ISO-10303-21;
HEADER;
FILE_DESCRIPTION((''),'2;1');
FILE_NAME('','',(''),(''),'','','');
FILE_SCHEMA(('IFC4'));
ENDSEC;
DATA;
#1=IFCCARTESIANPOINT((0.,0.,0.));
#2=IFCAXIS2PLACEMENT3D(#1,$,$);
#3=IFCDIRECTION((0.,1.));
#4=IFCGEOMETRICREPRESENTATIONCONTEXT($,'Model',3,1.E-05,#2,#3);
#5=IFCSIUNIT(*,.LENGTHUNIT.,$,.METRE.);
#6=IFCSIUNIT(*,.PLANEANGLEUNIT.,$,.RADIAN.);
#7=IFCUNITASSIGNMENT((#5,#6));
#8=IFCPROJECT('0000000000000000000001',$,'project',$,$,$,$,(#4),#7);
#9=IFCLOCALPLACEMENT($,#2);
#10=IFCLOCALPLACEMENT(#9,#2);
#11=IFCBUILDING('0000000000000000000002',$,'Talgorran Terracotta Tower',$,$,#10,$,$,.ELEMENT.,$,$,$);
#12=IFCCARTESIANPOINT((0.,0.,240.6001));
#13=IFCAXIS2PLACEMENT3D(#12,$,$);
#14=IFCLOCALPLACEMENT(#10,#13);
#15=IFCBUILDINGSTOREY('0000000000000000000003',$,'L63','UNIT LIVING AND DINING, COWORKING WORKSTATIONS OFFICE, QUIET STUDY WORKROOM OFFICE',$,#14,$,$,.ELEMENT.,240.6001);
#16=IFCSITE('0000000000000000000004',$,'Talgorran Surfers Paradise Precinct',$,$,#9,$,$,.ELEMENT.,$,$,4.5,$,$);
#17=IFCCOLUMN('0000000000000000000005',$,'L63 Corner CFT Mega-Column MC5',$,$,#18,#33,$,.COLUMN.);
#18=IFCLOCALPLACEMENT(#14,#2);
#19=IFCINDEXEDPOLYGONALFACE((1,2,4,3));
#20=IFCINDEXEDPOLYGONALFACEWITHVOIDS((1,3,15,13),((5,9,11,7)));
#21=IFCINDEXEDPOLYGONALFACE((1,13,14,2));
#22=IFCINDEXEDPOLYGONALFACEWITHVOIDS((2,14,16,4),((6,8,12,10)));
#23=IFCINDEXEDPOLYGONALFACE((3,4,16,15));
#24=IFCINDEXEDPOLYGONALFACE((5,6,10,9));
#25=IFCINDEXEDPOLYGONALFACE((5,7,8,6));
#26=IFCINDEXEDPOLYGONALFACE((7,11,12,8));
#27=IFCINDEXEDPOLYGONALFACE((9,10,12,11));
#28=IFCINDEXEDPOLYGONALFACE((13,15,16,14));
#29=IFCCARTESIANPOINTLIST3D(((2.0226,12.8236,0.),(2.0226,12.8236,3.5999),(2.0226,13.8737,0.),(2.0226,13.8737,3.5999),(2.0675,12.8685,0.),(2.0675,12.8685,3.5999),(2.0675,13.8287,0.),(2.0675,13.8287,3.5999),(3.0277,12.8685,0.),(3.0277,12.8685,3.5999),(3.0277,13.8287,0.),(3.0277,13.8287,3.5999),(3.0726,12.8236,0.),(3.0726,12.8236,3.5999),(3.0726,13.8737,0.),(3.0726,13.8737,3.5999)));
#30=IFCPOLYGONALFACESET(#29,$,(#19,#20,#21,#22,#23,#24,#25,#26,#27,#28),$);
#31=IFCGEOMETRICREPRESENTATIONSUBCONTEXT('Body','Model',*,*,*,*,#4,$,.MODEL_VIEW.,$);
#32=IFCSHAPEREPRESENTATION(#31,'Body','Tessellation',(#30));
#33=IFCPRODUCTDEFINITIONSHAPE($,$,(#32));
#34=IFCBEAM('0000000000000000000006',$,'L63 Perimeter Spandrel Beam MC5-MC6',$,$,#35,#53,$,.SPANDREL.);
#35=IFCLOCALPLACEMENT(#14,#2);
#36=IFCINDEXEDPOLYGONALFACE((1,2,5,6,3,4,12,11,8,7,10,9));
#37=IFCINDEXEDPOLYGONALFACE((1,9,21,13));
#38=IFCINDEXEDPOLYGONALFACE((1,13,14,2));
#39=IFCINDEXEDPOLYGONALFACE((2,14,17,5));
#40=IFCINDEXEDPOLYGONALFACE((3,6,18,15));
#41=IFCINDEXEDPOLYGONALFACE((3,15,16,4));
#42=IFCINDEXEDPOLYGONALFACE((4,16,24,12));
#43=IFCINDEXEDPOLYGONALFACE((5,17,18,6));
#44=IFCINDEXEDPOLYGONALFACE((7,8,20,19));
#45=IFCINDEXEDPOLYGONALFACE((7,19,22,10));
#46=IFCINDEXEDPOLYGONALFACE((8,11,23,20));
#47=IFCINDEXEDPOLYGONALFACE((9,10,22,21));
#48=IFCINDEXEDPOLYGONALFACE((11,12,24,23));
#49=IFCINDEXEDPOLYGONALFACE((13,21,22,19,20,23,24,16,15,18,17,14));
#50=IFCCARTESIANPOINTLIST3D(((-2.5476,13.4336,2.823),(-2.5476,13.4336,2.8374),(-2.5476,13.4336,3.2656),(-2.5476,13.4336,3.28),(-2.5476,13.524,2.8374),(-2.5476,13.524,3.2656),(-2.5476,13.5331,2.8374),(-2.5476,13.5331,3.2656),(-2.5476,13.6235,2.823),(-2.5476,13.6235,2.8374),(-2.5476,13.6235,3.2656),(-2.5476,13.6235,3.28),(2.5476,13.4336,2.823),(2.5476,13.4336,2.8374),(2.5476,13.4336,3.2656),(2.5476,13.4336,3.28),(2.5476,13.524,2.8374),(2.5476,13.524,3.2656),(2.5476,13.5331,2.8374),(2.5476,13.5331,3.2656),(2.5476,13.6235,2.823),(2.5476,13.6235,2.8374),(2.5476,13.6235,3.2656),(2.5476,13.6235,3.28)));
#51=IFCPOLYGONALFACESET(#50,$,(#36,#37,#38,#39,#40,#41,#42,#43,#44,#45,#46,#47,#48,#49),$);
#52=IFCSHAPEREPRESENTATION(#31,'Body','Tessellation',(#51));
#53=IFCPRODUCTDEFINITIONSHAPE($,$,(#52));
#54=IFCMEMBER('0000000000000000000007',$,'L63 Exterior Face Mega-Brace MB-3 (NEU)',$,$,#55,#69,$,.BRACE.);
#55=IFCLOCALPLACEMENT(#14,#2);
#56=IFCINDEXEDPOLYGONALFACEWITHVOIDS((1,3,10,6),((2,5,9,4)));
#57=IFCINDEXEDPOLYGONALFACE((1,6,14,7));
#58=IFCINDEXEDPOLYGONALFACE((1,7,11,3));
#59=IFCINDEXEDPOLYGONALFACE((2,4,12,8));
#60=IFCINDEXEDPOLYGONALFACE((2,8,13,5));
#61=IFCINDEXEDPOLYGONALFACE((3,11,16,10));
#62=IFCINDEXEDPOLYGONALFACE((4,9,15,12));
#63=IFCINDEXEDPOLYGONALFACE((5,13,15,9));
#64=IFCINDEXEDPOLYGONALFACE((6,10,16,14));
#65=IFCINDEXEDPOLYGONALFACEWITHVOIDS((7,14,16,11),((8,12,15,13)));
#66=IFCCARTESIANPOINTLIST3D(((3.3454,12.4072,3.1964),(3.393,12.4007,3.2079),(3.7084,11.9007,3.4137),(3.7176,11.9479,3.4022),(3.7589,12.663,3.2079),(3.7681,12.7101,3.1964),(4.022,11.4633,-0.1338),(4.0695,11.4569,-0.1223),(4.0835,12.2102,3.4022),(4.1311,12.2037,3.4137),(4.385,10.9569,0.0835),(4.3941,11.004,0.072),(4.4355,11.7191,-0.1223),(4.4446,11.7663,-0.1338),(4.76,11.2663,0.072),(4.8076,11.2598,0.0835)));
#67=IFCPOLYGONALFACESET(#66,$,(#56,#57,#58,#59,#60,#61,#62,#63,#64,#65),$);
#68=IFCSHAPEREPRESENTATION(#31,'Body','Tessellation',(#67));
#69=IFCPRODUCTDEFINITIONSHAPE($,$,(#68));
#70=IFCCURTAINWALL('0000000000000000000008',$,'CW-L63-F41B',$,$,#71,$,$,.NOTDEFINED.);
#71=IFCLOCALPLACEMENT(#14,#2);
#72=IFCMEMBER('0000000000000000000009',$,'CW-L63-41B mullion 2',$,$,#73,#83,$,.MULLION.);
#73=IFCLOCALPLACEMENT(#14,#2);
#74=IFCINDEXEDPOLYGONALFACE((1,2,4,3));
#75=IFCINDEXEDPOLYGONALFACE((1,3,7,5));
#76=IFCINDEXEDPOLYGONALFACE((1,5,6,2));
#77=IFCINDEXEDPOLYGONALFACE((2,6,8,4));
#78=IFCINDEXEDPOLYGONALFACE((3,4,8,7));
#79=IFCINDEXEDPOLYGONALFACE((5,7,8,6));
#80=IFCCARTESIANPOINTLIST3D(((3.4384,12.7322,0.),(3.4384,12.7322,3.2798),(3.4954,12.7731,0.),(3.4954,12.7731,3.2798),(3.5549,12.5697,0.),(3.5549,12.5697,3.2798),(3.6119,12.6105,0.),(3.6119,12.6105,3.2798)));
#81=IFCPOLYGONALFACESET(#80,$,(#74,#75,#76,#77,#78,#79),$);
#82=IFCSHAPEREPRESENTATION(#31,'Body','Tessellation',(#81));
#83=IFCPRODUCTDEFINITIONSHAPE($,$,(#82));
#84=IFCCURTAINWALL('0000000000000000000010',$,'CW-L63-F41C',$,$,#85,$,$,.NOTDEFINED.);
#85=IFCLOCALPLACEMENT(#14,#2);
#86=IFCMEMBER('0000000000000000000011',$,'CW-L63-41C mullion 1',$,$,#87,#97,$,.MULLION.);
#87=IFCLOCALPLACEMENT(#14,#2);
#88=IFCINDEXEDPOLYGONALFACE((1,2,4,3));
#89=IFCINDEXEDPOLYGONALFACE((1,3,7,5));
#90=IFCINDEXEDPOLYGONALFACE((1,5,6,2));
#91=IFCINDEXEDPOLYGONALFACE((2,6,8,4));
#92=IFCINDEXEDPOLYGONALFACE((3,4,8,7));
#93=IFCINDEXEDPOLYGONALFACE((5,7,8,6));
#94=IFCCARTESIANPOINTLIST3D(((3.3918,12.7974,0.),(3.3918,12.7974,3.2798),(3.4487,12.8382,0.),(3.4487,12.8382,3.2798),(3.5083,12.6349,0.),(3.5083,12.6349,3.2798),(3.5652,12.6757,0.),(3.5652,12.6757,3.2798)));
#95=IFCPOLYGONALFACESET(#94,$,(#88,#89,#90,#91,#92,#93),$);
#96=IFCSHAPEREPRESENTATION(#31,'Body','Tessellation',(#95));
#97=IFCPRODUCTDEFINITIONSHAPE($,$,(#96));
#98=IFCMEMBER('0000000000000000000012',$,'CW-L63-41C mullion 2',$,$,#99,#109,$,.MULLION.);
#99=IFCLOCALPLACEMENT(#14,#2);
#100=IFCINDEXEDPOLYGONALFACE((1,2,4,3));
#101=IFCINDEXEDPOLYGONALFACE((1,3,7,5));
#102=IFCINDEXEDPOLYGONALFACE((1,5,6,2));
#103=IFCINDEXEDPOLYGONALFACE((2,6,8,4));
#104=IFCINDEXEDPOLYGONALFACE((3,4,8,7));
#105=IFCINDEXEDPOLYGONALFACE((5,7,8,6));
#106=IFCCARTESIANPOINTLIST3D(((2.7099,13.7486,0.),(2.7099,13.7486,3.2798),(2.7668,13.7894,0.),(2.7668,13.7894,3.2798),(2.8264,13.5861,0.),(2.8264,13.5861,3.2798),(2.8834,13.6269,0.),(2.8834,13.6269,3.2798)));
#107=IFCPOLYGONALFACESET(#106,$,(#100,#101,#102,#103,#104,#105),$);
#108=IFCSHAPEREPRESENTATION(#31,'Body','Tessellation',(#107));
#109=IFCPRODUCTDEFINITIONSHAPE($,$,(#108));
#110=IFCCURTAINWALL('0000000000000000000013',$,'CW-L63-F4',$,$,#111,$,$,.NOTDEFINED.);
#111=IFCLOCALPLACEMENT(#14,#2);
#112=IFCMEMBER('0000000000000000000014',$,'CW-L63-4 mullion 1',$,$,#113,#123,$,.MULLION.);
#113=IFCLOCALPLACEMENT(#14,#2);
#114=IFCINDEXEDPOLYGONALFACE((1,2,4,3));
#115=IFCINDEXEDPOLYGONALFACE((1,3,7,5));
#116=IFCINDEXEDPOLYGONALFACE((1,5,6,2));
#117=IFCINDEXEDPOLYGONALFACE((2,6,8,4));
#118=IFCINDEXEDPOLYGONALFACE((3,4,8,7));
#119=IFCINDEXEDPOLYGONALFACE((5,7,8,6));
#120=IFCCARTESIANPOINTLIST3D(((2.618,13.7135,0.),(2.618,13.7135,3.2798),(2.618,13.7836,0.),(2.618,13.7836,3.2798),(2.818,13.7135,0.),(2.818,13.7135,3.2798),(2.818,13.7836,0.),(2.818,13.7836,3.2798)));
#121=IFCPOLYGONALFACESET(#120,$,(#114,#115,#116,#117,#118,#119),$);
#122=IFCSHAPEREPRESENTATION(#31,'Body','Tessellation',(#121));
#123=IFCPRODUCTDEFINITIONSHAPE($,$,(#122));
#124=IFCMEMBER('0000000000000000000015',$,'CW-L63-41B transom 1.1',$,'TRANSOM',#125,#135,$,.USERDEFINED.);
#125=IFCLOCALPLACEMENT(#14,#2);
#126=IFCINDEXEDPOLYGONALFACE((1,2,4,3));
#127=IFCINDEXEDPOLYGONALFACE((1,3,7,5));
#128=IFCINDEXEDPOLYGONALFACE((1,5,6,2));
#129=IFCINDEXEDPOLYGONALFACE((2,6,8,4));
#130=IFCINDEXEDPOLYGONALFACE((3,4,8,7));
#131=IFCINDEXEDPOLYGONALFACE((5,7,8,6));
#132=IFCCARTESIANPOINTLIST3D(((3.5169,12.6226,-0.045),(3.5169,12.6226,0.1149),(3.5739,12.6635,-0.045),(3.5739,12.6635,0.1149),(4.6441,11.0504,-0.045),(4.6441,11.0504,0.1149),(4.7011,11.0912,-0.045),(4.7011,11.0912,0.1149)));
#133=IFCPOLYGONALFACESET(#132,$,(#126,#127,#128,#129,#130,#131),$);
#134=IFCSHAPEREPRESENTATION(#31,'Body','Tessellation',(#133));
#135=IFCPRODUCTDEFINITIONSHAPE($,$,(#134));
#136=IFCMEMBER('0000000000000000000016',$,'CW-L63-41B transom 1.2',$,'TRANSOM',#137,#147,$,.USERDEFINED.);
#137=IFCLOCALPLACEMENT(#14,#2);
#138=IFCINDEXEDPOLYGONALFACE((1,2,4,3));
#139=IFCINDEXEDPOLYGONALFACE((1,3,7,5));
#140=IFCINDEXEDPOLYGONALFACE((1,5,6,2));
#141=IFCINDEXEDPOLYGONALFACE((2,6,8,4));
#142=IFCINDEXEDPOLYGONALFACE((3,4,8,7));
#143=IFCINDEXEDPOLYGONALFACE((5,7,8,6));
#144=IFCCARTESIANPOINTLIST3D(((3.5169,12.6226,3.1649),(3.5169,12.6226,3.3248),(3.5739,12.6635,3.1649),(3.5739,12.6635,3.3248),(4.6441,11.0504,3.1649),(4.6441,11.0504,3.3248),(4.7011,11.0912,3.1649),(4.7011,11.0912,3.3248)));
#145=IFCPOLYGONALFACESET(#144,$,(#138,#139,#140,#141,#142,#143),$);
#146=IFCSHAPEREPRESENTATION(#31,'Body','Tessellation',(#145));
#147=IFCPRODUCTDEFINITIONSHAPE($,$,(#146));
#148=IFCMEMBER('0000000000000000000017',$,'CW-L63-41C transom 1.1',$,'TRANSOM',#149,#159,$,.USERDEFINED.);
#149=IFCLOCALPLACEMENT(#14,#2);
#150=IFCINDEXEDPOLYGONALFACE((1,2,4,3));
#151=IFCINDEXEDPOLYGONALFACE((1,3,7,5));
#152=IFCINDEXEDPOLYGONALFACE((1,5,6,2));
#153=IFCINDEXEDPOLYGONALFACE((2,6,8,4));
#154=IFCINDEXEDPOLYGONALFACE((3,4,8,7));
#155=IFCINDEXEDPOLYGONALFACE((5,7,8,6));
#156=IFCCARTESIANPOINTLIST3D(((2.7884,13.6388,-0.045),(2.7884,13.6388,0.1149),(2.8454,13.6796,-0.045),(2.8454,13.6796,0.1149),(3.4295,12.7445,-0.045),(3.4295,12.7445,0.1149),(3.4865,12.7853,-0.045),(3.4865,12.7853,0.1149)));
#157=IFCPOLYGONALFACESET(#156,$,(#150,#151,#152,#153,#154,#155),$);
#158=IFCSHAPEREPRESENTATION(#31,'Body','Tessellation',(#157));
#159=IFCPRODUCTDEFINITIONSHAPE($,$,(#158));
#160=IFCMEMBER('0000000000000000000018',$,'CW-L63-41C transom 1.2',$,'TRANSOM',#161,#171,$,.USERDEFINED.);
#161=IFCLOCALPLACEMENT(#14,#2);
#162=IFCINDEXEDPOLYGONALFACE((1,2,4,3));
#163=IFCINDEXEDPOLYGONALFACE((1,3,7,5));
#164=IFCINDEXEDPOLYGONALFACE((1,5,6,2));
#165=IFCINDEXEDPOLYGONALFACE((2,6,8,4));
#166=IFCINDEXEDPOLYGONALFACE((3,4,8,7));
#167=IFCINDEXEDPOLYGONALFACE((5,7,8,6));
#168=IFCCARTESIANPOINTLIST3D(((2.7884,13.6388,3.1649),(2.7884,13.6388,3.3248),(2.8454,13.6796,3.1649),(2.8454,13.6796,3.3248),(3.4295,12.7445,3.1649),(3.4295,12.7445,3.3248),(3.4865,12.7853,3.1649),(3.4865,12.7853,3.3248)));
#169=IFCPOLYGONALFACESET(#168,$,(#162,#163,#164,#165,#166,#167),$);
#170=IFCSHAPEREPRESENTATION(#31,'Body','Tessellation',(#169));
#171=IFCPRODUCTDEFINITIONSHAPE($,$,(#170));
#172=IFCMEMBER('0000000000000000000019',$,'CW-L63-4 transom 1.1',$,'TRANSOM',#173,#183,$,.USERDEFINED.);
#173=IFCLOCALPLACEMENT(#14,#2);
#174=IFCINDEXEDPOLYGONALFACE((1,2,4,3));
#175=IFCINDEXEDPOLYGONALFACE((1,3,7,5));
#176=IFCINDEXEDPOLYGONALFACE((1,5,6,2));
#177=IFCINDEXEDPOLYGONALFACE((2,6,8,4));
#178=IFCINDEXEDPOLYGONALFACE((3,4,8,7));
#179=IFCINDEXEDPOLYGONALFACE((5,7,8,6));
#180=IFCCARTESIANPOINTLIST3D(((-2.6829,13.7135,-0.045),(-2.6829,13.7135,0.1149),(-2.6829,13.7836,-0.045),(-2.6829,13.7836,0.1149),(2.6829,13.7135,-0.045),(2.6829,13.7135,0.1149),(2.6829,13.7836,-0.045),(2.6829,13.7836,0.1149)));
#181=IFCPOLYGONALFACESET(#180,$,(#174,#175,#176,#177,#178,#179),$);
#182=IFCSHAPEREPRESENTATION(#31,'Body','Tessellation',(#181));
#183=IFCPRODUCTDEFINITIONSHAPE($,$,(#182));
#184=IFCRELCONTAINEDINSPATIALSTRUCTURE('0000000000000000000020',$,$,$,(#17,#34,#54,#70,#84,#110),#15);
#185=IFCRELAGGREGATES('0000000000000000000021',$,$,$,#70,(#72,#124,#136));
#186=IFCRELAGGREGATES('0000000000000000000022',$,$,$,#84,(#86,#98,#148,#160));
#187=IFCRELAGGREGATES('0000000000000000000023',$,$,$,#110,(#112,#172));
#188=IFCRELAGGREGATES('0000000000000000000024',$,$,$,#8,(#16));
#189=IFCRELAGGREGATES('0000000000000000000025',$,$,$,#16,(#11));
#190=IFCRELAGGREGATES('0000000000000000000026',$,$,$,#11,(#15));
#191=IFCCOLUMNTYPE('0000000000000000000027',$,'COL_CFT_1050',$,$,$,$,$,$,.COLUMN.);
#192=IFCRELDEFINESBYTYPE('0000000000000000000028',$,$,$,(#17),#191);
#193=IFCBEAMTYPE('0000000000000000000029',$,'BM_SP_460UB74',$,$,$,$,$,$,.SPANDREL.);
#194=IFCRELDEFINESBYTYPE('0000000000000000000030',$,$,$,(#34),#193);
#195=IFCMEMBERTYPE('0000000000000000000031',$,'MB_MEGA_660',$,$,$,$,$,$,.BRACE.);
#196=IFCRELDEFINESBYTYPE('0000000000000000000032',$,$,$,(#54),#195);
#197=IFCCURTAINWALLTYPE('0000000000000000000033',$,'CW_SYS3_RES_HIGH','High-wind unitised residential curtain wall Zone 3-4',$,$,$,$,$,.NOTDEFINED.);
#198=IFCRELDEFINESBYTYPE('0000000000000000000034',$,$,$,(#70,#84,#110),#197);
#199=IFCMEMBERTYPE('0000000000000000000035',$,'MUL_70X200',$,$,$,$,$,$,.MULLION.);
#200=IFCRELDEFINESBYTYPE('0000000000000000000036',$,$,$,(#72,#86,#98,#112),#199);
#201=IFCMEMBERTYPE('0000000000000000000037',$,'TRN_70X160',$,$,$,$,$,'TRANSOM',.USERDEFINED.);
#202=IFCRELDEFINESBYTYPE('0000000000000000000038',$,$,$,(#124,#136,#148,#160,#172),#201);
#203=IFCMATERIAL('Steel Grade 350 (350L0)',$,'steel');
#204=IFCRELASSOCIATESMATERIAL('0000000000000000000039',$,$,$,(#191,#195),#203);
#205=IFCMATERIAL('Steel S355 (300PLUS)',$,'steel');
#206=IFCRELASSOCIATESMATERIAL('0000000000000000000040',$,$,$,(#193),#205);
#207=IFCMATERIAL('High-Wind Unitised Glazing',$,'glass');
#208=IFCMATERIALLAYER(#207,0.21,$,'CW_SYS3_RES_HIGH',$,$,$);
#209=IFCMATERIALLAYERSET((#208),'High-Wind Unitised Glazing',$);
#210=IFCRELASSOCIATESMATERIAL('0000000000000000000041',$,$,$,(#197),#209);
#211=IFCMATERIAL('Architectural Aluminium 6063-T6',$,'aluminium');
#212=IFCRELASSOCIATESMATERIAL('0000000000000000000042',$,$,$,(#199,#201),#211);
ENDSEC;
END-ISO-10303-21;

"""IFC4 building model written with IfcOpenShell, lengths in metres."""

from ifc_helpers import new_model, si_unit, direction, frame, origin, origin_2d, place, context, subcontext, project, spatial, rectangle, hollow_rectangle, i_section, extrude, material, layer, layer_set, material_profile, profile_set, type_object, element, aggregate, save


model = new_model("IFC4")

# Units and contexts
model_context = context("Model", 3, precision=1e-05, world=origin(), true_north=direction((0.0, 1.0)))
body_context = subcontext(model_context, "Body", "Model", "MODEL_VIEW")
ifc_project = project(units=[si_unit("LENGTHUNIT", "METRE"), si_unit("PLANEANGLEUNIT", "RADIAN")], contexts=[model_context])

# Site, building, storey
site_placement = place(None, origin())
site = spatial("IfcSite", under=ifc_project, at=site_placement, Name="Talgorran Surfers Paradise Precinct", CompositionType="ELEMENT", RefElevation=4.5)
building_placement = place(site_placement, origin())
building = spatial("IfcBuilding", under=site, at=building_placement, Name="Talgorran Terracotta Tower", CompositionType="ELEMENT")
storey_placement = place(building_placement, frame((0.0, 0.0, 240.6001)))
storey = spatial("IfcBuildingStorey", under=building, at=storey_placement, Name="L63", Description="UNIT LIVING AND DINING, COWORKING WORKSTATIONS OFFICE, QUIET STUDY WORKROOM OFFICE", CompositionType="ELEMENT", Elevation=240.6001)

# Column
ifc_material_1 = material(Name="Steel Grade 350 (350L0)", Category="steel")
ifc_material_profile_1 = material_profile(ifc_material_1, hollow_rectangle(XDim=1.05, YDim=1.05, WallThickness=0.0449, at=origin_2d()), Name="CFT1050X1050X45")
ifc_profile_set_1 = profile_set([ifc_material_profile_1], Name="Steel Grade 350 (350L0)")
column_type = type_object("IfcColumnType", Name="COL_CFT_1050", PredefinedType="COLUMN", material=ifc_profile_set_1)
column_placement = place(storey_placement, frame((2.5476, 13.3486, 0.0), z_axis=(0.0, 0.0, 1.0), x_axis=(1.0, 0.0, 0.0)))
element("IfcColumn", 1, at=column_placement, inside=storey, type_object=column_type, Name="L63 Corner CFT Mega-Column MC5", PredefinedType="COLUMN", context=body_context, shape_type="SweptSolid", body=[
    extrude(hollow_rectangle(XDim=1.05, YDim=1.05, WallThickness=0.0449, at=origin_2d()), origin(), (0.0, 0.0, 1.0), 3.5999),
])

# Beam
ifc_material_2 = material(Name="Steel S355 (300PLUS)", Category="steel")
ifc_material_profile_2 = material_profile(ifc_material_2, i_section(OverallWidth=0.1899, OverallDepth=0.457, WebThickness=0.009, FlangeThickness=0.0144, at=origin_2d()), Name="460UB74.6")
ifc_profile_set_2 = profile_set([ifc_material_profile_2], Name="Steel S355 (300PLUS)")
beam_type = type_object("IfcBeamType", Name="BM_SP_460UB74", PredefinedType="SPANDREL", material=ifc_profile_set_2)
beam_placement = place(storey_placement, frame((2.5476, 13.5286, 3.0515), z_axis=(-1.0, 0.0, 0.0), x_axis=(0.0, -1.0, 0.0)))
element("IfcBeam", 2, at=beam_placement, inside=storey, type_object=beam_type, Name="L63 Perimeter Spandrel Beam MC5-MC6", PredefinedType="SPANDREL", context=body_context, shape_type="SweptSolid", body=[
    extrude(i_section(OverallWidth=0.1899, OverallDepth=0.457, WebThickness=0.009, FlangeThickness=0.0144, at=origin_2d()), origin(), (0.0, 0.0, 1.0), 5.0952),
])

# Member
ifc_material_profile_3 = material_profile(ifc_material_1, hollow_rectangle(XDim=0.52, YDim=0.6599, WallThickness=0.0349, at=origin_2d()), Name="WBOX660X520X35")
ifc_profile_set_3 = profile_set([ifc_material_profile_3], Name="Steel Grade 350 (350L0)")
member_type_1 = type_object("IfcMemberType", Name="MB_MEGA_660", PredefinedType="BRACE", material=ifc_profile_set_3)
member_1_placement = place(storey_placement, frame((4.4148, 11.3616, -0.0251), z_axis=(-0.191824, 0.267626, 0.944235), x_axis=(-0.812781, -0.58257, 0.0)))
element("IfcMember", 3, at=member_1_placement, inside=storey, type_object=member_type_1, Name="L63 Exterior Face Mega-Brace MB-3 (NEU)", PredefinedType="BRACE", context=body_context, shape_type="SweptSolid", body=[
    extrude(hollow_rectangle(XDim=0.52, YDim=0.6599, WallThickness=0.0349, at=origin_2d()), origin(), (0.0, 0.0, 1.0), 3.5269),
])

# Curtain wall, member
ifc_material_3 = material(Name="High-Wind Unitised Glazing", Category="glass")
ifc_layer_1 = layer(ifc_material_3, 0.21, Name="CW_SYS3_RES_HIGH")
ifc_layer_set_1 = layer_set([ifc_layer_1], Name="High-Wind Unitised Glazing")
curtain_wall_type = type_object("IfcCurtainWallType", Name="CW_SYS3_RES_HIGH", Description="High-wind unitised residential curtain wall Zone 3-4", PredefinedType="NOTDEFINED", material=ifc_layer_set_1)
curtain_wall_1_placement = place(storey_placement, origin())
curtain_wall_1 = element("IfcCurtainWall", 4, at=curtain_wall_1_placement, inside=storey, type_object=curtain_wall_type, Name="CW-L63-F41B", PredefinedType="NOTDEFINED")
ifc_material_4 = material(Name="Architectural Aluminium 6063-T6", Category="aluminium")
ifc_material_profile_4 = material_profile(ifc_material_4, rectangle(XDim=0.0701, YDim=0.2, at=origin_2d()), Name="CWM70X200")
ifc_profile_set_4 = profile_set([ifc_material_profile_4], Name="Architectural Aluminium 6063-T6")
member_type_2 = type_object("IfcMemberType", Name="MUL_70X200", PredefinedType="MULLION", material=ifc_profile_set_4)
member_2_placement = place(storey_placement, frame((3.5251, 12.6714, 0.0), z_axis=(0.0, 0.0, 1.0), x_axis=(-0.812703, -0.582678, 0.0)))
member_2 = element("IfcMember", 5, at=member_2_placement, type_object=member_type_2, Name="CW-L63-41B mullion 2", PredefinedType="MULLION", context=body_context, shape_type="SweptSolid", body=[
    extrude(rectangle(XDim=0.0701, YDim=0.2, at=origin_2d()), origin(), (0.0, 0.0, 1.0), 3.2798),
])

# Curtain wall, members
curtain_wall_2_placement = place(storey_placement, origin())
curtain_wall_2 = element("IfcCurtainWall", 6, at=curtain_wall_2_placement, inside=storey, type_object=curtain_wall_type, Name="CW-L63-F41C", PredefinedType="NOTDEFINED")
member_3_placement = place(storey_placement, frame((3.4785, 12.7366, 0.0), z_axis=(0.0, 0.0, 1.0), x_axis=(-0.812703, -0.582679, 0.0)))
member_3 = element("IfcMember", 7, at=member_3_placement, type_object=member_type_2, Name="CW-L63-41C mullion 1", PredefinedType="MULLION", context=body_context, shape_type="SweptSolid", body=[
    extrude(rectangle(XDim=0.0701, YDim=0.2, at=origin_2d()), origin(), (0.0, 0.0, 1.0), 3.2798),
])
member_4_placement = place(storey_placement, frame((2.7966, 13.6877, 0.0), z_axis=(0.0, 0.0, 1.0), x_axis=(-0.812703, -0.582679, 0.0)))
member_4 = element("IfcMember", 8, at=member_4_placement, type_object=member_type_2, Name="CW-L63-41C mullion 2", PredefinedType="MULLION", context=body_context, shape_type="SweptSolid", body=[
    extrude(rectangle(XDim=0.0701, YDim=0.2, at=origin_2d()), origin(), (0.0, 0.0, 1.0), 3.2798),
])

# Curtain wall, member
curtain_wall_3_placement = place(storey_placement, origin())
curtain_wall_3 = element("IfcCurtainWall", 9, at=curtain_wall_3_placement, inside=storey, type_object=curtain_wall_type, Name="CW-L63-F4", PredefinedType="NOTDEFINED")
member_5_placement = place(storey_placement, frame((2.718, 13.7485, 0.0), z_axis=(0.0, 0.0, 1.0), x_axis=(0.0, -1.0, 0.0)))
member_5 = element("IfcMember", 10, at=member_5_placement, type_object=member_type_2, Name="CW-L63-4 mullion 1", PredefinedType="MULLION", context=body_context, shape_type="SweptSolid", body=[
    extrude(rectangle(XDim=0.0701, YDim=0.2, at=origin_2d()), origin(), (0.0, 0.0, 1.0), 3.2798),
])

# Members
ifc_material_profile_5 = material_profile(ifc_material_4, rectangle(XDim=0.0701, YDim=0.1599, at=origin_2d()), Name="CWT70X160")
ifc_profile_set_5 = profile_set([ifc_material_profile_5], Name="Architectural Aluminium 6063-T6")
member_type_3 = type_object("IfcMemberType", Name="TRN_70X160", ElementType="TRANSOM", PredefinedType="USERDEFINED", material=ifc_profile_set_5)
member_6_placement = place(storey_placement, frame((4.6726, 11.0708, 0.0349), z_axis=(-0.582658, 0.812718, 0.0), x_axis=(-0.812718, -0.582658, 0.0)))
member_6 = element("IfcMember", 11, at=member_6_placement, type_object=member_type_3, Name="CW-L63-41B transom 1.1", ObjectType="TRANSOM", PredefinedType="USERDEFINED", context=body_context, shape_type="SweptSolid", body=[
    extrude(rectangle(XDim=0.0701, YDim=0.1599, at=origin_2d()), origin(), (0.0, 0.0, 1.0), 1.9346),
])
member_7_placement = place(storey_placement, frame((4.6726, 11.0708, 3.2449), z_axis=(-0.582658, 0.812718, 0.0), x_axis=(-0.812718, -0.582658, 0.0)))
member_7 = element("IfcMember", 12, at=member_7_placement, type_object=member_type_3, Name="CW-L63-41B transom 1.2", ObjectType="TRANSOM", PredefinedType="USERDEFINED", context=body_context, shape_type="SweptSolid", body=[
    extrude(rectangle(XDim=0.0701, YDim=0.1599, at=origin_2d()), origin(), (0.0, 0.0, 1.0), 1.9346),
])
member_8_placement = place(storey_placement, frame((3.458, 12.7649, 0.0349), z_axis=(-0.582644, 0.812728, 0.0), x_axis=(-0.812728, -0.582644, 0.0)))
member_8 = element("IfcMember", 13, at=member_8_placement, type_object=member_type_3, Name="CW-L63-41C transom 1.1", ObjectType="TRANSOM", PredefinedType="USERDEFINED", context=body_context, shape_type="SweptSolid", body=[
    extrude(rectangle(XDim=0.0701, YDim=0.1599, at=origin_2d()), origin(), (0.0, 0.0, 1.0), 1.1003),
])
member_9_placement = place(storey_placement, frame((3.458, 12.7649, 3.2449), z_axis=(-0.582644, 0.812728, 0.0), x_axis=(-0.812728, -0.582644, 0.0)))
member_9 = element("IfcMember", 14, at=member_9_placement, type_object=member_type_3, Name="CW-L63-41C transom 1.2", ObjectType="TRANSOM", PredefinedType="USERDEFINED", context=body_context, shape_type="SweptSolid", body=[
    extrude(rectangle(XDim=0.0701, YDim=0.1599, at=origin_2d()), origin(), (0.0, 0.0, 1.0), 1.1003),
])
member_10_placement = place(storey_placement, frame((2.6829, 13.7485, 0.0349), z_axis=(-1.0, 0.0, 0.0), x_axis=(0.0, -1.0, 0.0)))
member_10 = element("IfcMember", 15, at=member_10_placement, type_object=member_type_3, Name="CW-L63-4 transom 1.1", ObjectType="TRANSOM", PredefinedType="USERDEFINED", context=body_context, shape_type="SweptSolid", body=[
    extrude(rectangle(XDim=0.0701, YDim=0.1599, at=origin_2d()), origin(), (0.0, 0.0, 1.0), 5.3657),
])

aggregate(curtain_wall_1, [member_2, member_6, member_7])
aggregate(curtain_wall_2, [member_3, member_4, member_8, member_9])
aggregate(curtain_wall_3, [member_5, member_10])

save(model, "model.ifc")
